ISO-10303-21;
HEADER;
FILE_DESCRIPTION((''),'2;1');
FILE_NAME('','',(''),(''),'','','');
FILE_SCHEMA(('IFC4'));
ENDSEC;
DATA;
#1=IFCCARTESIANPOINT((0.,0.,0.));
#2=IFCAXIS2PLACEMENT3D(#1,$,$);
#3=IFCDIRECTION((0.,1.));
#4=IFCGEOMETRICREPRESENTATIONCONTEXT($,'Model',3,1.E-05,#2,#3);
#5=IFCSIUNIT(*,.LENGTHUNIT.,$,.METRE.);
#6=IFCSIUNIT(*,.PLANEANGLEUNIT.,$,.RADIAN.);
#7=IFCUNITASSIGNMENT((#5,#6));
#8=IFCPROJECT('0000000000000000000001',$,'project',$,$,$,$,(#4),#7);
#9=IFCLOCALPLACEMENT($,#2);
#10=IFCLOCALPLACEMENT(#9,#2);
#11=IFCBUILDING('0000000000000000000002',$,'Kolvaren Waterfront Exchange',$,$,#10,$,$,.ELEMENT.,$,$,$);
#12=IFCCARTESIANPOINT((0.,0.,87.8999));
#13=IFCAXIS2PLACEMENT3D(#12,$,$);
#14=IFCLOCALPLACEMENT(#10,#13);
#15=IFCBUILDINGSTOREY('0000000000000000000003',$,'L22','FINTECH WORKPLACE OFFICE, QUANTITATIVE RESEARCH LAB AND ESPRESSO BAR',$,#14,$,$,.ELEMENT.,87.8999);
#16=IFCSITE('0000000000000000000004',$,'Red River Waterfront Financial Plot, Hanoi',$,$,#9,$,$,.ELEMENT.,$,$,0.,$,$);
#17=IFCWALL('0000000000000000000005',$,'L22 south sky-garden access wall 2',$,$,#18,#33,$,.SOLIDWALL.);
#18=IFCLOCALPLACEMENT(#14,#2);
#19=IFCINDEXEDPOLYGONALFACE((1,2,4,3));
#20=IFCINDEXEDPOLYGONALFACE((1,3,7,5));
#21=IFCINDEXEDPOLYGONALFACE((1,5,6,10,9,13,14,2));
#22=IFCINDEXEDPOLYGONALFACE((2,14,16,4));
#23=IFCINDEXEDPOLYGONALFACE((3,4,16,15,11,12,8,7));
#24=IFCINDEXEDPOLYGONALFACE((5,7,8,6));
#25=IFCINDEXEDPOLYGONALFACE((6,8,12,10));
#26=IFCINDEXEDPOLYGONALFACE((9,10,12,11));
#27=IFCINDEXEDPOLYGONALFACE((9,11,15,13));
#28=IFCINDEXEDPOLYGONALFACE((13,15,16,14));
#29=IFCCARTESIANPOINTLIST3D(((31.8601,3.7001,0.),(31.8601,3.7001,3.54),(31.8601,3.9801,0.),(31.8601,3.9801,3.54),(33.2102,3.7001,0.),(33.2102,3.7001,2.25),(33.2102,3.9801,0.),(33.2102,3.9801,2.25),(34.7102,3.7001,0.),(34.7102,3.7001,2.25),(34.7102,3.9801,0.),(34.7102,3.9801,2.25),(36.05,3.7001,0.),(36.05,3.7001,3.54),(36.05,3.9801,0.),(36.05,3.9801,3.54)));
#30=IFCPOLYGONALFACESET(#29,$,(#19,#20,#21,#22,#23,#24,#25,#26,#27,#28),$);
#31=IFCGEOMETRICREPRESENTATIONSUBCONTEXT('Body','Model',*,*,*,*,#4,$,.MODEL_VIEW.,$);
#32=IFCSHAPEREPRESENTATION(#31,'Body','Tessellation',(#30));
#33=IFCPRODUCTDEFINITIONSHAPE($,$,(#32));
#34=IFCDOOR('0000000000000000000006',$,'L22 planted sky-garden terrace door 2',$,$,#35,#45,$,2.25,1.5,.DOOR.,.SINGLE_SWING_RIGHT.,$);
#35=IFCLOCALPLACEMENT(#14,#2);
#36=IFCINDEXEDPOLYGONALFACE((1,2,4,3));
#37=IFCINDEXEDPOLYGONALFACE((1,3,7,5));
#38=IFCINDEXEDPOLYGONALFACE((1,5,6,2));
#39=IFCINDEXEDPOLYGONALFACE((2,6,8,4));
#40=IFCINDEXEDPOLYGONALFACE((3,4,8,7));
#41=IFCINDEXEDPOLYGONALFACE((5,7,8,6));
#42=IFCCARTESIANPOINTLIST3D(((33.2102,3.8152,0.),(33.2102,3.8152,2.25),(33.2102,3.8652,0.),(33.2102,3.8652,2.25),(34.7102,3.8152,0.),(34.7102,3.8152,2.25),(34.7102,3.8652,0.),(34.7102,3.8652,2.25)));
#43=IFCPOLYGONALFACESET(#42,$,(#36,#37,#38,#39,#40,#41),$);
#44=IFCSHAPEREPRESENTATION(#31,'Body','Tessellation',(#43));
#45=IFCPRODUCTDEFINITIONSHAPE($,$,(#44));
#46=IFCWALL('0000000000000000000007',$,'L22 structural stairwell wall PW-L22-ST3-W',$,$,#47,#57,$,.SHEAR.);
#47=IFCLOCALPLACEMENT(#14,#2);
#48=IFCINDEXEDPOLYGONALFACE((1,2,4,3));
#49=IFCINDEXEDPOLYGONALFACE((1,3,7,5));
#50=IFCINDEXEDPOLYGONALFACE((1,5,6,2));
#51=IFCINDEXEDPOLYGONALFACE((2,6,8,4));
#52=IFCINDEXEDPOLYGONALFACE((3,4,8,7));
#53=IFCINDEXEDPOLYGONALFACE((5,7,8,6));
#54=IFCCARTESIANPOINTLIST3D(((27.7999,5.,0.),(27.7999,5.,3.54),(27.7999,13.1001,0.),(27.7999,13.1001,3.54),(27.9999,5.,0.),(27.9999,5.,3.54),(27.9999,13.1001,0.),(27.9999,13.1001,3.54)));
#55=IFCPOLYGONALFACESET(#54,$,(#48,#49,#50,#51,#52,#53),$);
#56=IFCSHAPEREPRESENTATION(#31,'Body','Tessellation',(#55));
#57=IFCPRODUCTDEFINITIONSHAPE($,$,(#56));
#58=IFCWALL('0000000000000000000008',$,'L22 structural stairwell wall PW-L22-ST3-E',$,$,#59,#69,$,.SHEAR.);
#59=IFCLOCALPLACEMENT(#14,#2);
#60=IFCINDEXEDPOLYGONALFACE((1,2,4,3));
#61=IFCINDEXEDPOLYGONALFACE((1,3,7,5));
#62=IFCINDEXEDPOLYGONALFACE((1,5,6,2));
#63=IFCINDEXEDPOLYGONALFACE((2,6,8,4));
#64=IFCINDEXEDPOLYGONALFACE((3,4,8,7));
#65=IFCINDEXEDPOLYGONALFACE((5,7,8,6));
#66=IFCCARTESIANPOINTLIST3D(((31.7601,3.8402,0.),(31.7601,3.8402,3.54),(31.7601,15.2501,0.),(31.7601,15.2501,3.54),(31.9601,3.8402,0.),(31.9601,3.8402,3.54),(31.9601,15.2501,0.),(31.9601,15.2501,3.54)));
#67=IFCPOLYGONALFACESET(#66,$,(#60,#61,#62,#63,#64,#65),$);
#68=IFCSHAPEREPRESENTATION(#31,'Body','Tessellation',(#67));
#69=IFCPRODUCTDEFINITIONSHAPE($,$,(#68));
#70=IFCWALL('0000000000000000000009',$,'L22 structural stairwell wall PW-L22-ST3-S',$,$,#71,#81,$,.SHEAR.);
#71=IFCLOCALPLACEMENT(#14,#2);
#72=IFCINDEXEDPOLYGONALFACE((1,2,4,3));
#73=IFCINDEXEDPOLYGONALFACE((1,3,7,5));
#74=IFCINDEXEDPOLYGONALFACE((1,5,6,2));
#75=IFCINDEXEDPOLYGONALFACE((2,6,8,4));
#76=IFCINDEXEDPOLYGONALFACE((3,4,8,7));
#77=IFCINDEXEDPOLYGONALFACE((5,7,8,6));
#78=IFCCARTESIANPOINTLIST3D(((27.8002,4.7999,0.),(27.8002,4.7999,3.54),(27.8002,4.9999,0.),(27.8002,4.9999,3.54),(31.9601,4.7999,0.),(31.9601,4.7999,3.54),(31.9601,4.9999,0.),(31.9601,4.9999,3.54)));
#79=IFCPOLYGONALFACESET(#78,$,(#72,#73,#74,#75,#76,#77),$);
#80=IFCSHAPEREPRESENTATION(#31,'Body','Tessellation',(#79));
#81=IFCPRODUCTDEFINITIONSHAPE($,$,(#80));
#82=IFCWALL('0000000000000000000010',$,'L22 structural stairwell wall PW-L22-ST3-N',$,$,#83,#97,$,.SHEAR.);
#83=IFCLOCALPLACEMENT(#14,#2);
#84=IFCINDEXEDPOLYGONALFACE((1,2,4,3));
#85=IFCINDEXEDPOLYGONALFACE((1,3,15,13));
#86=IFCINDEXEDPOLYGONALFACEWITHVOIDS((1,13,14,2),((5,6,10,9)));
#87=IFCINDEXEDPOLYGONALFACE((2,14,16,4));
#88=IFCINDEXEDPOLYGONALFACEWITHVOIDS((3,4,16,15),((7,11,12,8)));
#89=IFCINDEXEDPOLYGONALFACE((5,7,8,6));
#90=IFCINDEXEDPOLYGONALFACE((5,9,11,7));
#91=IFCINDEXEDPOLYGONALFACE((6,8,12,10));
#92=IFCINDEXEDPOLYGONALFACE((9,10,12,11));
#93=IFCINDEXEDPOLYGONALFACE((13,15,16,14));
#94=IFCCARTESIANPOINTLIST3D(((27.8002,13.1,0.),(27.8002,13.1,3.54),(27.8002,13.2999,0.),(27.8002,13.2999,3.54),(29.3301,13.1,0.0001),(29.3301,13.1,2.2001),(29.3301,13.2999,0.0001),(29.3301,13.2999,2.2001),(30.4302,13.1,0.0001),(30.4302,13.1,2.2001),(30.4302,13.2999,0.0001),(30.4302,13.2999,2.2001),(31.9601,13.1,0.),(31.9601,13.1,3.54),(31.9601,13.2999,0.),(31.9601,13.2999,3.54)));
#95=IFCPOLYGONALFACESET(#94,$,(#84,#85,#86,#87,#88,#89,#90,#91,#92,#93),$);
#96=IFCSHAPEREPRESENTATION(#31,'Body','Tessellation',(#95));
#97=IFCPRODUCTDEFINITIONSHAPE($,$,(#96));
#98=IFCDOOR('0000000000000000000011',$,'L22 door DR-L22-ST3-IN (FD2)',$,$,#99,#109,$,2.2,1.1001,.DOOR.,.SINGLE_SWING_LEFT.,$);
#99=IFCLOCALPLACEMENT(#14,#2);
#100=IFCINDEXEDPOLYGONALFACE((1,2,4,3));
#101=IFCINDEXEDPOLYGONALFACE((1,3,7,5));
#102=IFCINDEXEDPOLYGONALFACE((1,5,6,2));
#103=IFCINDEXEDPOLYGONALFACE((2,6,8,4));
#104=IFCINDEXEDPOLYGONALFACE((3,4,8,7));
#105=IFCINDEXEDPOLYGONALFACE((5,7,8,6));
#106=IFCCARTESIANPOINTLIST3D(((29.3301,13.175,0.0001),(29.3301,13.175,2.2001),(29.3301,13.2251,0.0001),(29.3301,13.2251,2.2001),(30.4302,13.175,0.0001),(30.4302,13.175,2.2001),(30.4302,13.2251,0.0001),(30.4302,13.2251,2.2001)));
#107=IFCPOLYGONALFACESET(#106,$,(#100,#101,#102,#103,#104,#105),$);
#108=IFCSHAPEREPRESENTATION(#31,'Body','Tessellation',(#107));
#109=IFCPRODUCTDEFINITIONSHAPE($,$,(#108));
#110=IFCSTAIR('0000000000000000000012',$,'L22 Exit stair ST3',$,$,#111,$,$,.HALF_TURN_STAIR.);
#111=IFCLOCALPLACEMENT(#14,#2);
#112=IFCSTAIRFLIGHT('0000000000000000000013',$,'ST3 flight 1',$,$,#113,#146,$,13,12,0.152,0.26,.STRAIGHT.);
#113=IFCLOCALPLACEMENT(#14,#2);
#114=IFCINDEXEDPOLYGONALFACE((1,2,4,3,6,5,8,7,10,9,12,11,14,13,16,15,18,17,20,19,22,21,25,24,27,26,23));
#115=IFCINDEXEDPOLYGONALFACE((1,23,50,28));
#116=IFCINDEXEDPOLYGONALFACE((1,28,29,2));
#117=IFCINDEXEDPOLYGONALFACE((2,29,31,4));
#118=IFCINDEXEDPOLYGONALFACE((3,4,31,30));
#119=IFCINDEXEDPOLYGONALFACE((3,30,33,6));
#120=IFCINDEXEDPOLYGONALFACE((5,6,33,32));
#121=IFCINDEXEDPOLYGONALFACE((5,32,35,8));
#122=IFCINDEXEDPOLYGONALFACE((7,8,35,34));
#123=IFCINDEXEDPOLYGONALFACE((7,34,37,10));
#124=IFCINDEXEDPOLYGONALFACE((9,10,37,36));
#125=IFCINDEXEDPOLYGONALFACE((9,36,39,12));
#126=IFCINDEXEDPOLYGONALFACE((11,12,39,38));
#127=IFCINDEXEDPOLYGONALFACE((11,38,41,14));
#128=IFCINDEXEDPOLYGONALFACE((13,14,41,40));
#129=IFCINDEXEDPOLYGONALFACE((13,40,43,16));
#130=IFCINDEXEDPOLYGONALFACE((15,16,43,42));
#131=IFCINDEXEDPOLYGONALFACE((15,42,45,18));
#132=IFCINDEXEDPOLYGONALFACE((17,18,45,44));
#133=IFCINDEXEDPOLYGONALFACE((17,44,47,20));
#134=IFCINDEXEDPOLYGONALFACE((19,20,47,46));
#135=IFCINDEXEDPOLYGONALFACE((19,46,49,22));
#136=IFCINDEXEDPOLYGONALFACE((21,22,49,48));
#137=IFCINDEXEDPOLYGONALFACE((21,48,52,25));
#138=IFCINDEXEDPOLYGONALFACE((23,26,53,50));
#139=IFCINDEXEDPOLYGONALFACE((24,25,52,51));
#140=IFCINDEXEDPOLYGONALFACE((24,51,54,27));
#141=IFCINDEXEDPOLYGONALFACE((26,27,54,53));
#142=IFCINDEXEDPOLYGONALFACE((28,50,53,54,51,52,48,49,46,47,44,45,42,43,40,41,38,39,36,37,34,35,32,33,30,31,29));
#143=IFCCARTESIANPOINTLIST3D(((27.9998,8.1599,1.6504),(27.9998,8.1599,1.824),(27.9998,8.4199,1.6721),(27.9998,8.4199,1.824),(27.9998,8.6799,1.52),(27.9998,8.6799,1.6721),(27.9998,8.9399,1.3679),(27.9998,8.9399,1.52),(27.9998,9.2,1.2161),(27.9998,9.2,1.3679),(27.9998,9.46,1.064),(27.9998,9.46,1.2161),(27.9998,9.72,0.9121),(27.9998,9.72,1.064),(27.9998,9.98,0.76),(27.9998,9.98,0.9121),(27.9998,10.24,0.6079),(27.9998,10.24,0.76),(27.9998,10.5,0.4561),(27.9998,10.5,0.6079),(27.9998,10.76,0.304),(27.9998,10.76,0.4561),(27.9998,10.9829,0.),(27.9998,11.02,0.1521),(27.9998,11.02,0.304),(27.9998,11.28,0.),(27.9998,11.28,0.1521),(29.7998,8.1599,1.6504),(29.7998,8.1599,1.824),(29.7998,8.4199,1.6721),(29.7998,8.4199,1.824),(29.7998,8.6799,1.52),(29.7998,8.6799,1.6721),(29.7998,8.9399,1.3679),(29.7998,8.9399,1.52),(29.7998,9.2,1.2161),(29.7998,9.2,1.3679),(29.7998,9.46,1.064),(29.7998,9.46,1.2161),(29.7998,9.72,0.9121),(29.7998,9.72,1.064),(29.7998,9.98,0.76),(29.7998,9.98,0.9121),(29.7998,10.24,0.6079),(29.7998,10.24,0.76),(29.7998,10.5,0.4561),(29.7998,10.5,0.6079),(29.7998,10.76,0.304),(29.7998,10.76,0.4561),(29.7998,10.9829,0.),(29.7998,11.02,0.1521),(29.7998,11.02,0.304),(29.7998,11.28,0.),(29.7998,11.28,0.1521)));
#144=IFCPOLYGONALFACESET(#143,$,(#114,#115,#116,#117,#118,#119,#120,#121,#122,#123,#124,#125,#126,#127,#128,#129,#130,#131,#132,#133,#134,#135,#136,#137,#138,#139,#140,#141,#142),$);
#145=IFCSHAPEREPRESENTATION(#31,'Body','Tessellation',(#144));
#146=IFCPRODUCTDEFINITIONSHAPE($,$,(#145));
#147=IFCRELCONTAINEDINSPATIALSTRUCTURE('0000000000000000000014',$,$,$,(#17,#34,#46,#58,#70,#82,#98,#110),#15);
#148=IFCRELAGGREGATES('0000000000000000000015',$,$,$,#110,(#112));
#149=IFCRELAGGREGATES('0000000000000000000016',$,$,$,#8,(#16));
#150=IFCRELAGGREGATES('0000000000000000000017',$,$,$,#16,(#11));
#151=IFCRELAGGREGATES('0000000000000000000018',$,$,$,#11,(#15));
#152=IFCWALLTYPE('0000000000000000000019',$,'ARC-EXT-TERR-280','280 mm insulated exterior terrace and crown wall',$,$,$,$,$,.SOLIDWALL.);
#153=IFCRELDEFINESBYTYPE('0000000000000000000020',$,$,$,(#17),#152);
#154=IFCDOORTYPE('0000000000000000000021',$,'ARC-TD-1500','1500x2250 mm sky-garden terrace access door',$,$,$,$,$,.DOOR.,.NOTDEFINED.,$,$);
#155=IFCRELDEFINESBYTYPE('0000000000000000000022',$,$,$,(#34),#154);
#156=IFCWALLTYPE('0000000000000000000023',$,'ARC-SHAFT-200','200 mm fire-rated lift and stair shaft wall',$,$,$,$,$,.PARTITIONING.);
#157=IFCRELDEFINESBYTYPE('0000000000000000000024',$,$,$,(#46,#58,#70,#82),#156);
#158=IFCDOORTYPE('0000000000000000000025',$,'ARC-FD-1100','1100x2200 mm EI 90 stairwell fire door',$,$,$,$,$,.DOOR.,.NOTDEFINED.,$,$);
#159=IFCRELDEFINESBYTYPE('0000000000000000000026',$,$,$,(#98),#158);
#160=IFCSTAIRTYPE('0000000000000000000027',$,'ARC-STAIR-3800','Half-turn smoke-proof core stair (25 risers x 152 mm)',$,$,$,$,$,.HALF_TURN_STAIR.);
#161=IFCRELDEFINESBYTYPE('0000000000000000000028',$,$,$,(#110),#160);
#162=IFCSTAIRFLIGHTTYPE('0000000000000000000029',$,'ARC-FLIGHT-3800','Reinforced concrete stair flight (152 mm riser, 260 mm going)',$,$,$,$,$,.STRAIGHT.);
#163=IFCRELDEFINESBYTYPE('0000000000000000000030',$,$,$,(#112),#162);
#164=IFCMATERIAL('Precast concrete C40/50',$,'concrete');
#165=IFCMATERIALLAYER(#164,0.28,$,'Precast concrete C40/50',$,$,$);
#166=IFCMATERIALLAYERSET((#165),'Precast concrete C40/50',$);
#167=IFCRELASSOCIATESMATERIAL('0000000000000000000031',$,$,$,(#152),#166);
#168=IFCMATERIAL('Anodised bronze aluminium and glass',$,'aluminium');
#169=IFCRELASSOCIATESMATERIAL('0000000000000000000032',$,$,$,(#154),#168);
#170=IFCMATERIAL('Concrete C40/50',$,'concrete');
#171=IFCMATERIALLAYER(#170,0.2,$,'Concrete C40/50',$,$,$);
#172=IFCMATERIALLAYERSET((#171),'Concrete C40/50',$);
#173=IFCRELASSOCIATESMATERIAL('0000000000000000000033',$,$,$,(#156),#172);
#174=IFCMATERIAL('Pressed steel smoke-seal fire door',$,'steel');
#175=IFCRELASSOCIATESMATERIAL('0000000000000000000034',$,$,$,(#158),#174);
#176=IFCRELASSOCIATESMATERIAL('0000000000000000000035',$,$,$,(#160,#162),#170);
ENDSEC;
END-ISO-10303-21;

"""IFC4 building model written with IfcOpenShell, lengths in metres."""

from ifc_helpers import new_model, si_unit, direction, frame, frame_2d, origin, place, context, subcontext, project, spatial, polyline, rectangle, outline, extrude, material, layer, layer_set, type_object, element, fill, aggregate, save


model = new_model("IFC4")

# Units and contexts
model_context = context("Model", 3, precision=1e-05, world=origin(), true_north=direction((0.0, 1.0)))
body_context = subcontext(model_context, "Body", "Model", "MODEL_VIEW")
ifc_project = project(units=[si_unit("LENGTHUNIT", "METRE"), si_unit("PLANEANGLEUNIT", "RADIAN")], contexts=[model_context])

# Site, building, storey
site_placement = place(None, origin())
site = spatial("IfcSite", under=ifc_project, at=site_placement, Name="Red River Waterfront Financial Plot, Hanoi", CompositionType="ELEMENT", RefElevation=0.0)
building_placement = place(site_placement, origin())
building = spatial("IfcBuilding", under=site, at=building_placement, Name="Kolvaren Waterfront Exchange", CompositionType="ELEMENT")
storey_placement = place(building_placement, frame((0.0, 0.0, 87.8999)))
storey = spatial("IfcBuildingStorey", under=building, at=storey_placement, Name="L22", Description="FINTECH WORKPLACE OFFICE, QUANTITATIVE RESEARCH LAB AND ESPRESSO BAR", CompositionType="ELEMENT", Elevation=87.8999)

# Wall, opening, door
ifc_material_1 = material(Name="Precast concrete C40/50", Category="concrete")
ifc_layer_1 = layer(ifc_material_1, 0.28, Name="Precast concrete C40/50")
ifc_layer_set_1 = layer_set([ifc_layer_1], Name="Precast concrete C40/50")
wall_type_1 = type_object("IfcWallType", Name="ARC-EXT-TERR-280", Description="280 mm insulated exterior terrace and crown wall", PredefinedType="SOLIDWALL", material=ifc_layer_set_1)
wall_1_placement = place(storey_placement, frame((31.8601, 3.8401, 0.0), z_axis=(0.0, 0.0, 1.0), x_axis=(1.0, 0.0, 0.0)))
wall_1 = element("IfcWall", 1, at=wall_1_placement, inside=storey, type_object=wall_type_1, Name="L22 south sky-garden access wall 2", PredefinedType="SOLIDWALL", context=body_context, shape_type="SweptSolid", body=[
    extrude(rectangle(XDim=4.1899, YDim=0.28, at=frame_2d((2.095, 0.0))), origin(), (0.0, 0.0, 1.0), 3.54),
])
opening_1_placement = place(wall_1_placement, frame((1.3501, 0.0, 0.0)))
opening_1 = element("IfcOpeningElement", 2, at=opening_1_placement, cuts=wall_1, PredefinedType="OPENING", context=body_context, shape_type="SweptSolid", body=[
    extrude(rectangle(XDim=1.5, YDim=2.25, at=frame_2d((0.75, 1.125))), frame((0.0, 0.1499, 0.0), z_axis=(0.0, -1.0, 0.0), x_axis=(1.0, 0.0, 0.0)), (0.0, 0.0, 1.0), 0.3),
])
ifc_material_2 = material(Name="Anodised bronze aluminium and glass", Category="aluminium")
door_type_1 = type_object("IfcDoorType", Name="ARC-TD-1500", Description="1500x2250 mm sky-garden terrace access door", OperationType="NOTDEFINED", PredefinedType="DOOR", material=ifc_material_2)
door_1_placement = place(opening_1_placement, frame((1.5, 0.0, 0.0), z_axis=(0.0, 0.0, 1.0), x_axis=(-1.0, 0.0, 0.0)))
door_1 = element("IfcDoor", 3, at=door_1_placement, inside=storey, type_object=door_type_1, Name="L22 planted sky-garden terrace door 2", OperationType="SINGLE_SWING_RIGHT", OverallHeight=2.25, OverallWidth=1.5, PredefinedType="DOOR", context=body_context, shape_type="SweptSolid", body=[
    extrude(rectangle(XDim=1.5, YDim=2.25, at=frame_2d((0.75, 1.125))), frame((0.0, 0.0249, 0.0), z_axis=(0.0, -1.0, 0.0), x_axis=(1.0, 0.0, 0.0)), (0.0, 0.0, 1.0), 0.05),
])
fill(opening_1, door_1)

# Walls
ifc_material_3 = material(Name="Concrete C40/50", Category="concrete")
ifc_layer_2 = layer(ifc_material_3, 0.2, Name="Concrete C40/50")
ifc_layer_set_2 = layer_set([ifc_layer_2], Name="Concrete C40/50")
wall_type_2 = type_object("IfcWallType", Name="ARC-SHAFT-200", Description="200 mm fire-rated lift and stair shaft wall", PredefinedType="PARTITIONING", material=ifc_layer_set_2)
wall_2_placement = place(storey_placement, frame((27.8999, 5.0, 0.0), z_axis=(0.0, 0.0, 1.0), x_axis=(0.0, 1.0, 0.0)))
element("IfcWall", 4, at=wall_2_placement, inside=storey, type_object=wall_type_2, Name="L22 structural stairwell wall PW-L22-ST3-W", PredefinedType="SHEAR", context=body_context, shape_type="SweptSolid", body=[
    extrude(rectangle(XDim=8.1001, YDim=0.2, at=frame_2d((4.05, 0.0))), origin(), (0.0, 0.0, 1.0), 3.54),
])
wall_3_placement = place(storey_placement, frame((31.8601, 3.8401, 0.0), z_axis=(0.0, 0.0, 1.0), x_axis=(0.0, 1.0, 0.0)))
element("IfcWall", 5, at=wall_3_placement, inside=storey, type_object=wall_type_2, Name="L22 structural stairwell wall PW-L22-ST3-E", PredefinedType="SHEAR", context=body_context, shape_type="SweptSolid", body=[
    extrude(rectangle(XDim=11.4099, YDim=0.2, at=frame_2d((5.7051, 0.0))), origin(), (0.0, 0.0, 1.0), 3.54),
])
wall_4_placement = place(storey_placement, frame((27.8, 4.8999, 0.0), z_axis=(0.0, 0.0, 1.0), x_axis=(1.0, 0.0, 0.0)))
element("IfcWall", 6, at=wall_4_placement, inside=storey, type_object=wall_type_2, Name="L22 structural stairwell wall PW-L22-ST3-S", PredefinedType="SHEAR", context=body_context, shape_type="SweptSolid", body=[
    extrude(rectangle(XDim=4.1599, YDim=0.2, at=frame_2d((2.0801, 0.0))), origin(), (0.0, 0.0, 1.0), 3.54),
])

# Wall, opening, door
wall_5_placement = place(storey_placement, frame((27.8, 13.2, 0.0), z_axis=(0.0, 0.0, 1.0), x_axis=(1.0, 0.0, 0.0)))
wall_5 = element("IfcWall", 7, at=wall_5_placement, inside=storey, type_object=wall_type_2, Name="L22 structural stairwell wall PW-L22-ST3-N", PredefinedType="SHEAR", context=body_context, shape_type="SweptSolid", body=[
    extrude(rectangle(XDim=4.1599, YDim=0.2, at=frame_2d((2.0801, 0.0))), origin(), (0.0, 0.0, 1.0), 3.54),
])
opening_2_placement = place(wall_5_placement, frame((1.53, 0.0, 0.0)))
opening_2 = element("IfcOpeningElement", 8, at=opening_2_placement, cuts=wall_5, PredefinedType="OPENING", context=body_context, shape_type="SweptSolid", body=[
    extrude(rectangle(XDim=1.1001, YDim=2.2, at=frame_2d((0.55, 1.1001))), frame((0.0, 0.1099, 0.0), z_axis=(0.0, -1.0, 0.0), x_axis=(1.0, 0.0, 0.0)), (0.0, 0.0, 1.0), 0.22),
])
ifc_material_4 = material(Name="Pressed steel smoke-seal fire door", Category="steel")
door_type_2 = type_object("IfcDoorType", Name="ARC-FD-1100", Description="1100x2200 mm EI 90 stairwell fire door", OperationType="NOTDEFINED", PredefinedType="DOOR", material=ifc_material_4)
door_2_placement = place(opening_2_placement, frame((1.1001, 0.0, 0.0), z_axis=(0.0, 0.0, 1.0), x_axis=(-1.0, 0.0, 0.0)))
door_2 = element("IfcDoor", 9, at=door_2_placement, inside=storey, type_object=door_type_2, Name="L22 door DR-L22-ST3-IN (FD2)", OperationType="SINGLE_SWING_LEFT", OverallHeight=2.2, OverallWidth=1.1001, PredefinedType="DOOR", context=body_context, shape_type="SweptSolid", body=[
    extrude(rectangle(XDim=1.1001, YDim=2.2, at=frame_2d((0.55, 1.1001))), frame((0.0, 0.0249, 0.0), z_axis=(0.0, -1.0, 0.0), x_axis=(1.0, 0.0, 0.0)), (0.0, 0.0, 1.0), 0.05),
])
fill(opening_2, door_2)

# Stair, stair flight
stair_type = type_object("IfcStairType", Name="ARC-STAIR-3800", Description="Half-turn smoke-proof core stair (25 risers x 152 mm)", PredefinedType="HALF_TURN_STAIR", material=ifc_material_3)
stair_placement = place(storey_placement, origin())
stair = element("IfcStair", 10, at=stair_placement, inside=storey, type_object=stair_type, Name="L22 Exit stair ST3", PredefinedType="HALF_TURN_STAIR")
stair_flight_type = type_object("IfcStairFlightType", Name="ARC-FLIGHT-3800", Description="Reinforced concrete stair flight (152 mm riser, 260 mm going)", PredefinedType="STRAIGHT", material=ifc_material_3)
stair_flight_1_placement = place(storey_placement, frame((28.8999, 11.28, 0.0), z_axis=(0.0, 0.0, 1.0), x_axis=(0.0, -1.0, 0.0)))
stair_flight_1 = element("IfcStairFlight", 11, at=stair_flight_1_placement, type_object=stair_flight_type, Name="ST3 flight 1", NumberOfRisers=13, NumberOfTreads=12, PredefinedType="STRAIGHT", RiserHeight=0.152, TreadLength=0.26, context=body_context, shape_type="SweptSolid", body=[
    extrude(outline(polyline([(0.0, 0.0), (0.0, 0.1521), (0.26, 0.1521), (0.26, 0.304), (0.52, 0.304), (0.52, 0.4561), (0.78, 0.4561), (0.78, 0.6079), (1.04, 0.6079), (1.04, 0.76), (1.3, 0.76), (1.3, 0.9121), (1.5601, 0.9121), (1.5601, 1.064), (1.8201, 1.064), (1.8201, 1.2161), (2.0801, 1.2161), (2.0801, 1.3679), (2.3401, 1.3679), (2.3401, 1.52), (2.6001, 1.52), (2.6001, 1.6721), (2.8601, 1.6721), (2.8601, 1.824), (3.1201, 1.824), (3.1201, 1.9761), (3.1201, 1.6504), (0.2971, 0.0), (0.0, 0.0)])), frame((0.0, 0.8999, 0.0), z_axis=(0.0, -1.0, 0.0), x_axis=(1.0, 0.0, 0.0)), (0.0, 0.0, 1.0), 1.8),
])
aggregate(stair, [stair_flight_1])

save(model, "model.ifc")
